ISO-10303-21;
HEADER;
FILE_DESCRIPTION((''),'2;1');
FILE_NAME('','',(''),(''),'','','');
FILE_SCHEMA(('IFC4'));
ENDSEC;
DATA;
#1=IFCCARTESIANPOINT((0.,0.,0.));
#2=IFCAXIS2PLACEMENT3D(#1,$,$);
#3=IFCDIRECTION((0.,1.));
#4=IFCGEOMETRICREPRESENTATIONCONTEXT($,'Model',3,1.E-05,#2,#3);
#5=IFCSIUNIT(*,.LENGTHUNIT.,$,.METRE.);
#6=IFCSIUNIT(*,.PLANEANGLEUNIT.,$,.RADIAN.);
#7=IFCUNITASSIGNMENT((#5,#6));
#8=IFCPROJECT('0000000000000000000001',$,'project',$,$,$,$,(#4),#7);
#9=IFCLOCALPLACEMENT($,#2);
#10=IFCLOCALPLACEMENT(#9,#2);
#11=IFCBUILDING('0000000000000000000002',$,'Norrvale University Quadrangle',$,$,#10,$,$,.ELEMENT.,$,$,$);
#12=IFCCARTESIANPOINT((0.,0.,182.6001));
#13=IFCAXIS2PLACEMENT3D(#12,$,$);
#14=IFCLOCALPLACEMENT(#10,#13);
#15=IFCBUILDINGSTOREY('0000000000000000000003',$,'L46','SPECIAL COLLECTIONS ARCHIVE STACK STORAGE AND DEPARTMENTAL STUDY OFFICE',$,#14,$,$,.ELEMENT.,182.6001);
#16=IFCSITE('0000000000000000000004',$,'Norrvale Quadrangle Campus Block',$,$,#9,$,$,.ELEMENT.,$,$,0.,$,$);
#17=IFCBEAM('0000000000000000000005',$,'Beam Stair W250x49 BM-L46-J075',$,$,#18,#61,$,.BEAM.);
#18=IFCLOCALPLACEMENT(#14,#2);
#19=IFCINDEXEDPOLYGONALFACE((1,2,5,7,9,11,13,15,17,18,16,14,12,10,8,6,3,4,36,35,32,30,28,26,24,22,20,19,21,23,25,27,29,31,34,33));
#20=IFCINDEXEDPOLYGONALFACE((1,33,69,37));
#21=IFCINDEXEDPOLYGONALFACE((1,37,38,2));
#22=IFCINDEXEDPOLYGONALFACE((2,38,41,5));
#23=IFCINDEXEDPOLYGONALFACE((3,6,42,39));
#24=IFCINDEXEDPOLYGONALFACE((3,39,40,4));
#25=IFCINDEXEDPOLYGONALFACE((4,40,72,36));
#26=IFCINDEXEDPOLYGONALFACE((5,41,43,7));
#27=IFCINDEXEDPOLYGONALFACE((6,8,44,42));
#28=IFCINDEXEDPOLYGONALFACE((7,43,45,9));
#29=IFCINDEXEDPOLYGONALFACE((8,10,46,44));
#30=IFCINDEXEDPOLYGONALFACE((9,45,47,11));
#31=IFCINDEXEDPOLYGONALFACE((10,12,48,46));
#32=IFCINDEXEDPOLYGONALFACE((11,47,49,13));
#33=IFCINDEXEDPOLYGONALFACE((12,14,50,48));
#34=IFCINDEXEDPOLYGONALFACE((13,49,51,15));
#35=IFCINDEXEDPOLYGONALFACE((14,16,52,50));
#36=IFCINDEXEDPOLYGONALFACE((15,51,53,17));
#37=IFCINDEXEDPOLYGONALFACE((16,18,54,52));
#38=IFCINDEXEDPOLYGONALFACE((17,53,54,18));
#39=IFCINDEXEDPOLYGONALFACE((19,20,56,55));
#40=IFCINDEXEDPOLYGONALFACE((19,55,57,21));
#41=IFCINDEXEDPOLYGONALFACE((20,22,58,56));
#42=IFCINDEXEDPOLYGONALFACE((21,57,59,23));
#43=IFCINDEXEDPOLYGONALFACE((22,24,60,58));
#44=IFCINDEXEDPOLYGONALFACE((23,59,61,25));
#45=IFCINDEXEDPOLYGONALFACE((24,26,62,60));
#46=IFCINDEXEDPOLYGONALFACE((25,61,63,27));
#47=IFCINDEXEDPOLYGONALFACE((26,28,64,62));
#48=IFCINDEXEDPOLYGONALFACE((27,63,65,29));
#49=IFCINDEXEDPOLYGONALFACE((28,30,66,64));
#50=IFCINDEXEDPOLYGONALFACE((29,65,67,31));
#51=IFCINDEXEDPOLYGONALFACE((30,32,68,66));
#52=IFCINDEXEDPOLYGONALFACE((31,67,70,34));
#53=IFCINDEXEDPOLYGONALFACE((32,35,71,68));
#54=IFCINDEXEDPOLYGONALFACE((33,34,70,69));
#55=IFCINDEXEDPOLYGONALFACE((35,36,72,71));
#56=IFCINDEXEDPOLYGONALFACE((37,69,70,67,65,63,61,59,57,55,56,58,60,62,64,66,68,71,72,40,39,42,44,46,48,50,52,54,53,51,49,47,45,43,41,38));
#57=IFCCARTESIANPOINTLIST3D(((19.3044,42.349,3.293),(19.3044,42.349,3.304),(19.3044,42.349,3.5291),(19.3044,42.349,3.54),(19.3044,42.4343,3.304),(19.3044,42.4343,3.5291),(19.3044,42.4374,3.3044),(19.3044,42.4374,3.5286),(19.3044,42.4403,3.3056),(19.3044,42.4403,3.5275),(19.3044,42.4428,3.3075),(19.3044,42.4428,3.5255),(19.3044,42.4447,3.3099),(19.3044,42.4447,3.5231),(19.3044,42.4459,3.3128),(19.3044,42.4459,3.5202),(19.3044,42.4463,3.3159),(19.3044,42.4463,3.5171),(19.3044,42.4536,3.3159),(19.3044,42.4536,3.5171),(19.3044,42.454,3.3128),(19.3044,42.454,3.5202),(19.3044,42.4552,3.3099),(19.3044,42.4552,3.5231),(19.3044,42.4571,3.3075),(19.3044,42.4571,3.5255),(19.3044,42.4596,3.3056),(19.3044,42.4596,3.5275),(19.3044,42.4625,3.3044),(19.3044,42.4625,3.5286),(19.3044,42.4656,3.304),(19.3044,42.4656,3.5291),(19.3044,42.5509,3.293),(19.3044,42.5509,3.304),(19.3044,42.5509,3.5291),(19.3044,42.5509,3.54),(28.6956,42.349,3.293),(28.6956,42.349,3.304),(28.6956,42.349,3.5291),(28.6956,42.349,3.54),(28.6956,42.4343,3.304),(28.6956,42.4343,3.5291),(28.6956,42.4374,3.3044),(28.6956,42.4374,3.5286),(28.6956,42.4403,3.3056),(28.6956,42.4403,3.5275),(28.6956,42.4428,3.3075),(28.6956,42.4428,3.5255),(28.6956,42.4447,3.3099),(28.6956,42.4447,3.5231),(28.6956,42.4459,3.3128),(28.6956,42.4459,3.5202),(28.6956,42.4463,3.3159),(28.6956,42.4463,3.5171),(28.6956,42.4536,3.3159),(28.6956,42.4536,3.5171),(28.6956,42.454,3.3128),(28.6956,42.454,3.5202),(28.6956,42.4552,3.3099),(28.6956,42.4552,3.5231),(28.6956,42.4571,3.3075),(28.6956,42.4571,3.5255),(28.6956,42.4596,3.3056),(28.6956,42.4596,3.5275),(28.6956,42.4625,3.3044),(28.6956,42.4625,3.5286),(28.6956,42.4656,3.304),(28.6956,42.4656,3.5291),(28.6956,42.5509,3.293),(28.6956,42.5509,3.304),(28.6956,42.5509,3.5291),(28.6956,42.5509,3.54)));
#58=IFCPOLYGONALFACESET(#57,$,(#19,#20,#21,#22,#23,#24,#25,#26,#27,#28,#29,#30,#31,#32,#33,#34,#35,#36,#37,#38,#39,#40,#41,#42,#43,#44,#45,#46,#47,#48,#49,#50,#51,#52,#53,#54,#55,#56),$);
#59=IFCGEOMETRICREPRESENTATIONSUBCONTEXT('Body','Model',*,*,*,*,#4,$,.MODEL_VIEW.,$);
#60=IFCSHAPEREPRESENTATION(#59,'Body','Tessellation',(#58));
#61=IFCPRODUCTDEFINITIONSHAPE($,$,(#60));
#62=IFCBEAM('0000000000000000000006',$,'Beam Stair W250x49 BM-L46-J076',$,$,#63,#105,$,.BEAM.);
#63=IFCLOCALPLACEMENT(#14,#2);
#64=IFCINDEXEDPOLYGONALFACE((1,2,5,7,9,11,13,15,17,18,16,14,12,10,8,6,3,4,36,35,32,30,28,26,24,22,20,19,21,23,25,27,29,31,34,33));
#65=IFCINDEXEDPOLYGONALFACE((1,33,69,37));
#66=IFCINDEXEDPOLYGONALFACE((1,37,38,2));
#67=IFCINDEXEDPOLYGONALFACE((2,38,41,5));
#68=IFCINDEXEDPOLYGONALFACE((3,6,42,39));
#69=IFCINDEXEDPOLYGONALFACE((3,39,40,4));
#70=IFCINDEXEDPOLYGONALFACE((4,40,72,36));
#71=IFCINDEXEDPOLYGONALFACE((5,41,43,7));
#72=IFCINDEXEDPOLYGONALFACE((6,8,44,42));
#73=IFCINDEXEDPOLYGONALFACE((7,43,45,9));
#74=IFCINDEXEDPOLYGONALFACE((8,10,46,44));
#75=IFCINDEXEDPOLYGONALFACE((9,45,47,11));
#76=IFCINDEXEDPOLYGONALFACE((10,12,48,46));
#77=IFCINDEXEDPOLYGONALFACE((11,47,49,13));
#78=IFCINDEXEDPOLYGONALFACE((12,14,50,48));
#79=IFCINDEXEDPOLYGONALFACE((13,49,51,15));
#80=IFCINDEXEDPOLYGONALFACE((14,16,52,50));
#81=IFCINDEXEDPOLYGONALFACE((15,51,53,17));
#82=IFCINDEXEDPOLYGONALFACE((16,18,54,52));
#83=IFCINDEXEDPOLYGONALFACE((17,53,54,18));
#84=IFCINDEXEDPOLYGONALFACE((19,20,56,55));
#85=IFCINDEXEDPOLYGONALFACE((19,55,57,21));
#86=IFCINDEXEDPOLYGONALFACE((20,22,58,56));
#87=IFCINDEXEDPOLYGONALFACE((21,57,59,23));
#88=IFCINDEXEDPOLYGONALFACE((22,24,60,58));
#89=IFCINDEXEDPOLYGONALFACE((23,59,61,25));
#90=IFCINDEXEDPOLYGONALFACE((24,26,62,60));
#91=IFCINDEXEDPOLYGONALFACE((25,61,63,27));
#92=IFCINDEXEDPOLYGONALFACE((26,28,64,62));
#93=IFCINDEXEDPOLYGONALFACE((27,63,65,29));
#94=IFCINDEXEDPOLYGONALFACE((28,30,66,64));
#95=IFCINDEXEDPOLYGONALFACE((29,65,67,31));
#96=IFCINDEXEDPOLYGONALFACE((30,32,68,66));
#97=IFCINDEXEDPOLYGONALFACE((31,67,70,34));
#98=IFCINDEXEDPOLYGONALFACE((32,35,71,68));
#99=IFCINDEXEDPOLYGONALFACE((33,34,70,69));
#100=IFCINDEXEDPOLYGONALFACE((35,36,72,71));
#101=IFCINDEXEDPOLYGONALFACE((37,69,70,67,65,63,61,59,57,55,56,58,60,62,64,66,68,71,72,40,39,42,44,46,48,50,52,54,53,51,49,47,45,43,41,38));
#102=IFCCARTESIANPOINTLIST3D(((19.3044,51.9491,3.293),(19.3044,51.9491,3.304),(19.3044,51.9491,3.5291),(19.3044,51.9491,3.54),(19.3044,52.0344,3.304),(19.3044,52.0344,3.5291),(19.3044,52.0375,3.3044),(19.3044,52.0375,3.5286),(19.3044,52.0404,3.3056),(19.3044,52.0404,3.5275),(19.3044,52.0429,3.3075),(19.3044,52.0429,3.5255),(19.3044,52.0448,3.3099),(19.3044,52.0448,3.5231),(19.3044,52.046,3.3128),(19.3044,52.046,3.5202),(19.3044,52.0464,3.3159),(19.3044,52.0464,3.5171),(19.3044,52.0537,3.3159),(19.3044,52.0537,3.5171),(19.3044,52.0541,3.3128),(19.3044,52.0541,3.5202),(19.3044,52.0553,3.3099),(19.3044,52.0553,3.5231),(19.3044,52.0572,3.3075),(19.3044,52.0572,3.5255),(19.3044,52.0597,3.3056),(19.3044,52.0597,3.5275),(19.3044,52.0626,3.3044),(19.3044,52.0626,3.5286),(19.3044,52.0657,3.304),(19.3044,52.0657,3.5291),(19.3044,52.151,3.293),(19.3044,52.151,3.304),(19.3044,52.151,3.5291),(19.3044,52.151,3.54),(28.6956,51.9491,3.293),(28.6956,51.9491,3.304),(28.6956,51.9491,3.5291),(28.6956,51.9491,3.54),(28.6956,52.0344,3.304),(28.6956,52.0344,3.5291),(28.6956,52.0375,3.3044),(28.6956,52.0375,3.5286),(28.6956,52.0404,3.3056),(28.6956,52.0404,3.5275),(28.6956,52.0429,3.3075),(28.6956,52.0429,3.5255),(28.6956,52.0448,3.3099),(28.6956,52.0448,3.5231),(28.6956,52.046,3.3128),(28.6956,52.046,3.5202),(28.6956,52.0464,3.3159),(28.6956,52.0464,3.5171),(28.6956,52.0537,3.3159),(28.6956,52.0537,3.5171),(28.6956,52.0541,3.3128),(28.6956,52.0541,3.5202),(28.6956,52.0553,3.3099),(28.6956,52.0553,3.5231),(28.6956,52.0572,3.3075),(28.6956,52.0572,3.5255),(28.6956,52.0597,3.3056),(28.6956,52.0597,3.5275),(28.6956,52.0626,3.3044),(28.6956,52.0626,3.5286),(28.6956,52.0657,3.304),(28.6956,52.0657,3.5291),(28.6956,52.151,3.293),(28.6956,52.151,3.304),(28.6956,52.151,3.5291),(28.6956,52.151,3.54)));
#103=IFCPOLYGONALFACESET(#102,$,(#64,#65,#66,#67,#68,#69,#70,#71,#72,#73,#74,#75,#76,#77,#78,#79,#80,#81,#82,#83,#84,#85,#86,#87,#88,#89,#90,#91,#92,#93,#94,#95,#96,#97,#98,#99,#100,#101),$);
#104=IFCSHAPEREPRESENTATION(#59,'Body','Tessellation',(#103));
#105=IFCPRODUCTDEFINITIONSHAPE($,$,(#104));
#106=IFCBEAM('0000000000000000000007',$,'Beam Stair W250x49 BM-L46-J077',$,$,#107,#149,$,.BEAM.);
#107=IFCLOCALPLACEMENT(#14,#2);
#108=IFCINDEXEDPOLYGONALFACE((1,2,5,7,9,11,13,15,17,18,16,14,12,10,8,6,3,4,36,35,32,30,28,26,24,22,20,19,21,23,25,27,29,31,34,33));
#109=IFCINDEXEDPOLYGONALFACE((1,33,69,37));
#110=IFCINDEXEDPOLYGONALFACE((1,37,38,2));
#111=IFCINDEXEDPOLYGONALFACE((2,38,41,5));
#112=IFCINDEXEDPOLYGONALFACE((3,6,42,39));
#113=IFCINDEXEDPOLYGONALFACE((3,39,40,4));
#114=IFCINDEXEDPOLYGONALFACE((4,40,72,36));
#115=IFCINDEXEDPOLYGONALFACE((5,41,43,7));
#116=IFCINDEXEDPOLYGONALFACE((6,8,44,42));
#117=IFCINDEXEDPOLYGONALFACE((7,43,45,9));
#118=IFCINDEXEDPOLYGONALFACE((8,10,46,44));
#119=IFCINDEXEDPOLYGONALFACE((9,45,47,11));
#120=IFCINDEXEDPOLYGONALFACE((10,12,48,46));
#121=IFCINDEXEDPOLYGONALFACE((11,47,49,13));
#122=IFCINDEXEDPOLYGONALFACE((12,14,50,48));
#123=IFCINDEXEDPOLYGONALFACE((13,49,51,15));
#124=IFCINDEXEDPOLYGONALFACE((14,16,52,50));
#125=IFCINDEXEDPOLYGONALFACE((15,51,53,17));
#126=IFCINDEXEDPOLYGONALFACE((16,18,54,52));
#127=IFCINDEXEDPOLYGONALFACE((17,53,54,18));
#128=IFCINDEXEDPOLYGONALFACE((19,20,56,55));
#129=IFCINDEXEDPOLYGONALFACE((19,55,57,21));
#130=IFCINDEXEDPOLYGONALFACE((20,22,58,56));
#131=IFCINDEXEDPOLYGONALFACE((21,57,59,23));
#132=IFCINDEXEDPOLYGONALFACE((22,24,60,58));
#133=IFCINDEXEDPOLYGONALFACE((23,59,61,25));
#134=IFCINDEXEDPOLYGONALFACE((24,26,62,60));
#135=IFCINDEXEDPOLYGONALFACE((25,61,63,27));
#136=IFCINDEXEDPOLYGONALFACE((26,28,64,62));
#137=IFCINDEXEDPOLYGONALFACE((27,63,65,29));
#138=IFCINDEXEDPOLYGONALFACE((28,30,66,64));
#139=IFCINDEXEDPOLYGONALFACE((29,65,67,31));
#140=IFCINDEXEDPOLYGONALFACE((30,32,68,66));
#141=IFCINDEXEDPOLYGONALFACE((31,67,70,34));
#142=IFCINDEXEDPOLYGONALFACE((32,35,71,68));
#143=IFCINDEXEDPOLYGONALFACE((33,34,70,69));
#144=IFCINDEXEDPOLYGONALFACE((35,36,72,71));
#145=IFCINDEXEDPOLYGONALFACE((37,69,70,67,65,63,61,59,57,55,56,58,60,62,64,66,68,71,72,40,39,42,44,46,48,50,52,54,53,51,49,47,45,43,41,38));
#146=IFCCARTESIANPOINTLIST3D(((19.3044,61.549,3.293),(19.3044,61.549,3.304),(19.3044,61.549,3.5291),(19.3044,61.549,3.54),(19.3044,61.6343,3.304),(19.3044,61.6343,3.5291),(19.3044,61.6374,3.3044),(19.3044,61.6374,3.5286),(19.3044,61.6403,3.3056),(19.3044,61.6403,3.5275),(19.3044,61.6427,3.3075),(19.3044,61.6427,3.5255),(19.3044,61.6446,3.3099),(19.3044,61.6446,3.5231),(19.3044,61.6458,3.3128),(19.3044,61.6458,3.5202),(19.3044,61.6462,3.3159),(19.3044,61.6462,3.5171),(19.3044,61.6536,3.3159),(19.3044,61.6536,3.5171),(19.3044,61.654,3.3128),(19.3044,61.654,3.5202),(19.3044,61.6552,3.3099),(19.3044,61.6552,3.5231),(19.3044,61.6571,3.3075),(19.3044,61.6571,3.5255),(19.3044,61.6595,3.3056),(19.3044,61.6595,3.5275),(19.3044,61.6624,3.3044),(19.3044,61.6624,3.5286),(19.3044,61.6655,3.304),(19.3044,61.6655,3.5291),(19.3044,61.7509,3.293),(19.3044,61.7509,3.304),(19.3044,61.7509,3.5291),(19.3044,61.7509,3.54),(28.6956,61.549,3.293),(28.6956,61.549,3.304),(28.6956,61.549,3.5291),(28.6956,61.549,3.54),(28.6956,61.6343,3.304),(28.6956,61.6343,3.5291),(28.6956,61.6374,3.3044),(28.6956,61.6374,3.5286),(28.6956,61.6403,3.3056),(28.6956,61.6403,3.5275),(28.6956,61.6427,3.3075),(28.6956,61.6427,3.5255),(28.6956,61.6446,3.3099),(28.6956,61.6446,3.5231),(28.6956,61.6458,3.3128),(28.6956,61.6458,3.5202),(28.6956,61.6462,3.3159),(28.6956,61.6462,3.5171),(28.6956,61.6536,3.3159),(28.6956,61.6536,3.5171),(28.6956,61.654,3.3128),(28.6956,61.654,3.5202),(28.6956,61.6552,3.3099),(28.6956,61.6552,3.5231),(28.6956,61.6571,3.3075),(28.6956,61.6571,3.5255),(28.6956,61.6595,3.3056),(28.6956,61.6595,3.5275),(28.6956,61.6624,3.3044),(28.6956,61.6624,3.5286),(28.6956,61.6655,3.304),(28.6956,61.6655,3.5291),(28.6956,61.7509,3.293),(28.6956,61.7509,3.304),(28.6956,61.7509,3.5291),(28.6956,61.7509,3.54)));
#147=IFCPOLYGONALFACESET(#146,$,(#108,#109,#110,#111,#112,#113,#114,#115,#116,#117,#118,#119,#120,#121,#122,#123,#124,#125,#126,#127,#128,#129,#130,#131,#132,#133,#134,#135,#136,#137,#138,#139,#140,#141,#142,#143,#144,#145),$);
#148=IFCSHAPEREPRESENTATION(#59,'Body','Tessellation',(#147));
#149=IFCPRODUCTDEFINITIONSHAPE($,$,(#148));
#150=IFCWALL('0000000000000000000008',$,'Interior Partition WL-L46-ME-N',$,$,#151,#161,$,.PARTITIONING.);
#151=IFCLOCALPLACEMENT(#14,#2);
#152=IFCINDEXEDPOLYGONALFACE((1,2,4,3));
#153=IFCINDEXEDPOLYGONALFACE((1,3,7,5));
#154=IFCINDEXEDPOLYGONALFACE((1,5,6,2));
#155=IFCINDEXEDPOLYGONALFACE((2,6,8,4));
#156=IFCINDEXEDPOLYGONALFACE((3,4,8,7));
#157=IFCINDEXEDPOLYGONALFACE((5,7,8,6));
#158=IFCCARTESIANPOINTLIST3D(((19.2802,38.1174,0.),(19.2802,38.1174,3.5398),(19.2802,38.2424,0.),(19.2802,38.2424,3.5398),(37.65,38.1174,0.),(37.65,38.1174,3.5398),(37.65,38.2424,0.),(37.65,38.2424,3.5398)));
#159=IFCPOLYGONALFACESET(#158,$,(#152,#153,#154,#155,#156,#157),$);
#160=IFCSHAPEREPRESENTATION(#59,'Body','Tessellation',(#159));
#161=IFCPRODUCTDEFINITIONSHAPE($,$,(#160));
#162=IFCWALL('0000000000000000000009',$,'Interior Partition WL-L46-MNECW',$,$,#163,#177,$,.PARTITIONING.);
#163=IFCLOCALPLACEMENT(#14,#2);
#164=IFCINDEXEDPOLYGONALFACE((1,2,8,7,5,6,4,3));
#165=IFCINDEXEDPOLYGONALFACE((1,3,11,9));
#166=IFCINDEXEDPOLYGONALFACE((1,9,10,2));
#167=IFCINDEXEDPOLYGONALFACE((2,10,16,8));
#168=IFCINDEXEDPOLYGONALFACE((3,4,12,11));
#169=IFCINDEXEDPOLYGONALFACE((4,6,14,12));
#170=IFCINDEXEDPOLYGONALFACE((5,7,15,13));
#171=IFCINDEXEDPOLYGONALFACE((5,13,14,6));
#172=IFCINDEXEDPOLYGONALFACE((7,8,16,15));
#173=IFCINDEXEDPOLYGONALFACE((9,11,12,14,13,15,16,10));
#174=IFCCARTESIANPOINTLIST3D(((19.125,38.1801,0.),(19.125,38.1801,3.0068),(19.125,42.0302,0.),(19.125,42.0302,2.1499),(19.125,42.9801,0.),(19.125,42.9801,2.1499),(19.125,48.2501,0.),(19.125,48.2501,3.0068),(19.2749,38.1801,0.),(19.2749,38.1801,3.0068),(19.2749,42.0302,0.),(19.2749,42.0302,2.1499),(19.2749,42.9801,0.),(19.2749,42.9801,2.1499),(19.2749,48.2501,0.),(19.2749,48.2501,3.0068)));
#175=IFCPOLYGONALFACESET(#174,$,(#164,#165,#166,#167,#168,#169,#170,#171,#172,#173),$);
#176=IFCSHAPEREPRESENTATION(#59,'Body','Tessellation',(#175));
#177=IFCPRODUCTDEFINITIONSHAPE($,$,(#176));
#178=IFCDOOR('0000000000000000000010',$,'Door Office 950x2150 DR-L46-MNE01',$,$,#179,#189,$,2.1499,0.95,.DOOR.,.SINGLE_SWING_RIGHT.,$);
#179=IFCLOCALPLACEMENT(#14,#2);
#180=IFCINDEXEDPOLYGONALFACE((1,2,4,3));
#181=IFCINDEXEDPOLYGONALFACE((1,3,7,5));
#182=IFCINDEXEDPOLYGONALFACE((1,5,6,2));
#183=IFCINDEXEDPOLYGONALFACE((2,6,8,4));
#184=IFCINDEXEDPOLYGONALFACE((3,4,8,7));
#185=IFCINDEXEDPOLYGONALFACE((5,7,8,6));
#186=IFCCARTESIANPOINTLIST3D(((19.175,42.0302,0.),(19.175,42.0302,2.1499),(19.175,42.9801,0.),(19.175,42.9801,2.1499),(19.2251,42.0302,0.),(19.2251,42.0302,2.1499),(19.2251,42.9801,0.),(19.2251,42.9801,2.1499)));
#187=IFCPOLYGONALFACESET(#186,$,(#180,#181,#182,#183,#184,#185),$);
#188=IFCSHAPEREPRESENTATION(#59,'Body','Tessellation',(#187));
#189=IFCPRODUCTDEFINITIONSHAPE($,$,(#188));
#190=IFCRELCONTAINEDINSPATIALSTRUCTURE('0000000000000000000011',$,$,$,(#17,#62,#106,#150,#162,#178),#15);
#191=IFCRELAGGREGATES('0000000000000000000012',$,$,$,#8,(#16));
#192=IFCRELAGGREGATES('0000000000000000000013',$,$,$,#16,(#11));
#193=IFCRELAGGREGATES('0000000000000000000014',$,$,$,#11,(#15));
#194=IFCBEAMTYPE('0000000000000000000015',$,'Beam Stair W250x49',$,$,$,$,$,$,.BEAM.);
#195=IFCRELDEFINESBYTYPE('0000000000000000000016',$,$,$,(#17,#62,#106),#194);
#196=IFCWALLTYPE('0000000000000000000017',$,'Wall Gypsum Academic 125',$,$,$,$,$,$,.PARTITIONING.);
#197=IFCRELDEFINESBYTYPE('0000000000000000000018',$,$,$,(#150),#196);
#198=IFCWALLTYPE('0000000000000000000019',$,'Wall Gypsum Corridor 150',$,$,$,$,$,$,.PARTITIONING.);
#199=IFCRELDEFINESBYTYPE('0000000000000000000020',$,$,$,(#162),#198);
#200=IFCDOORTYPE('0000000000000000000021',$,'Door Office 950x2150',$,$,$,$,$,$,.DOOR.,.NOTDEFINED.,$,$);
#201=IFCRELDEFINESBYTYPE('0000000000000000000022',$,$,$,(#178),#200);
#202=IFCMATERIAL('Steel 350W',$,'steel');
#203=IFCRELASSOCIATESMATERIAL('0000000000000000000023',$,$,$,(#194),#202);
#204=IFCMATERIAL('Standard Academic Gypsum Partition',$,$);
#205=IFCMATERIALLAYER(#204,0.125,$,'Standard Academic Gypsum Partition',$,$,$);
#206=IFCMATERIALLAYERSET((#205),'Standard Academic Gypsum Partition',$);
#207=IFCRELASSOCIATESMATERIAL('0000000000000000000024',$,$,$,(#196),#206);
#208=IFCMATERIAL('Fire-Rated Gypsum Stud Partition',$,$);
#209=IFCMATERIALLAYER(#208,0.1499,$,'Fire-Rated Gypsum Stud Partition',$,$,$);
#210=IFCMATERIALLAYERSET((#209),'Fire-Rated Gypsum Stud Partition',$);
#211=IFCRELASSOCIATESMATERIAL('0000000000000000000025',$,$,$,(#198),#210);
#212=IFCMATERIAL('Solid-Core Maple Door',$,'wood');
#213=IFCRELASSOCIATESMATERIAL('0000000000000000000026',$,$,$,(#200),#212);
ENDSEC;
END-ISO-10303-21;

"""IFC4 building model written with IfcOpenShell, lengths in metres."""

from ifc_helpers import new_model, si_unit, direction, frame, frame_2d, origin, origin_2d, place, context, subcontext, project, spatial, rectangle, i_section, extrude, material, layer, layer_set, material_profile, profile_set, type_object, element, fill, save


model = new_model("IFC4")

# Units and contexts
model_context = context("Model", 3, precision=1e-05, world=origin(), true_north=direction((0.0, 1.0)))
body_context = subcontext(model_context, "Body", "Model", "MODEL_VIEW")
ifc_project = project(units=[si_unit("LENGTHUNIT", "METRE"), si_unit("PLANEANGLEUNIT", "RADIAN")], contexts=[model_context])

# Site, building, storey
site_placement = place(None, origin())
site = spatial("IfcSite", under=ifc_project, at=site_placement, Name="Norrvale Quadrangle Campus Block", CompositionType="ELEMENT", RefElevation=0.0)
building_placement = place(site_placement, origin())
building = spatial("IfcBuilding", under=site, at=building_placement, Name="Norrvale University Quadrangle", CompositionType="ELEMENT")
storey_placement = place(building_placement, frame((0.0, 0.0, 182.6001)))
storey = spatial("IfcBuildingStorey", under=building, at=storey_placement, Name="L46", Description="SPECIAL COLLECTIONS ARCHIVE STACK STORAGE AND DEPARTMENTAL STUDY OFFICE", CompositionType="ELEMENT", Elevation=182.6001)

# Beams
ifc_material_1 = material(Name="Steel 350W", Category="steel")
ifc_material_profile_1 = material_profile(ifc_material_1, i_section(OverallWidth=0.2019, OverallDepth=0.2471, WebThickness=0.0073, FlangeThickness=0.011, FilletRadius=0.012, at=origin_2d()), Name="Steel 350W")
ifc_profile_set_1 = profile_set([ifc_material_profile_1], Name="Steel 350W")
beam_type_1 = type_object("IfcBeamType", Name="Beam Stair W250x49", PredefinedType="BEAM", material=ifc_profile_set_1)
for number, where, z_axis, x_axis, name in (
    (1, (19.3044, 42.45, 3.4165), (1.0, 0.0, 0.0), (0.0, 1.0, 0.0), "Beam Stair W250x49 BM-L46-J075"),
    (2, (19.3044, 52.05, 3.4165), (1.0, 0.0, 0.0), (0.0, 1.0, 0.0), "Beam Stair W250x49 BM-L46-J076"),
    (3, (19.3044, 61.6499, 3.4165), (1.0, 0.0, 0.0), (0.0, 1.0, 0.0), "Beam Stair W250x49 BM-L46-J077"),
):
    element("IfcBeam", number, at=place(storey_placement, frame(where, z_axis=z_axis, x_axis=x_axis)), inside=storey, type_object=beam_type_1, Name=name, PredefinedType="BEAM", context=body_context, shape_type="SweptSolid", body=[
        extrude(i_section(OverallWidth=0.2019, OverallDepth=0.2471, WebThickness=0.0073, FlangeThickness=0.011, FilletRadius=0.012, at=origin_2d()), origin(), (0.0, 0.0, 1.0), 9.3911),
    ])

# Wall
ifc_material_2 = material(Name="Standard Academic Gypsum Partition")
ifc_layer_1 = layer(ifc_material_2, 0.125, Name="Standard Academic Gypsum Partition")
ifc_layer_set_1 = layer_set([ifc_layer_1], Name="Standard Academic Gypsum Partition")
wall_type_1 = type_object("IfcWallType", Name="Wall Gypsum Academic 125", PredefinedType="PARTITIONING", material=ifc_layer_set_1)
wall_1_placement = place(storey_placement, frame((19.28, 38.1799, 0.0), z_axis=(0.0, 0.0, 1.0), x_axis=(1.0, 0.0, 0.0)))
element("IfcWall", 4, at=wall_1_placement, inside=storey, type_object=wall_type_1, Name="Interior Partition WL-L46-ME-N", PredefinedType="PARTITIONING", context=body_context, shape_type="SweptSolid", body=[
    extrude(rectangle(XDim=18.3699, YDim=0.125, at=frame_2d((9.1851, 0.0))), origin(), (0.0, 0.0, 1.0), 3.5398),
])

# Wall, opening, door
ifc_material_3 = material(Name="Fire-Rated Gypsum Stud Partition")
ifc_layer_2 = layer(ifc_material_3, 0.1499, Name="Fire-Rated Gypsum Stud Partition")
ifc_layer_set_2 = layer_set([ifc_layer_2], Name="Fire-Rated Gypsum Stud Partition")
wall_type_2 = type_object("IfcWallType", Name="Wall Gypsum Corridor 150", PredefinedType="PARTITIONING", material=ifc_layer_set_2)
wall_2_placement = place(storey_placement, frame((19.2, 38.1799, 0.0), z_axis=(0.0, 0.0, 1.0), x_axis=(0.0, 1.0, 0.0)))
wall_2 = element("IfcWall", 5, at=wall_2_placement, inside=storey, type_object=wall_type_2, Name="Interior Partition WL-L46-MNECW", PredefinedType="PARTITIONING", context=body_context, shape_type="SweptSolid", body=[
    extrude(rectangle(XDim=10.0701, YDim=0.1499, at=frame_2d((5.0352, 0.0))), origin(), (0.0, 0.0, 1.0), 3.0068),
])
opening_1_placement = place(wall_2_placement, frame((3.8501, 0.0, 0.0)))
opening_1 = element("IfcOpeningElement", 6, at=opening_1_placement, cuts=wall_2, PredefinedType="OPENING", context=body_context, shape_type="SweptSolid", body=[
    extrude(rectangle(XDim=0.95, YDim=2.1499, at=frame_2d((0.4751, 1.075))), frame((0.0, 0.0869, 0.0), z_axis=(0.0, -1.0, 0.0), x_axis=(1.0, 0.0, 0.0)), (0.0, 0.0, 1.0), 0.1738),
])
ifc_material_4 = material(Name="Solid-Core Maple Door", Category="wood")
door_type = type_object("IfcDoorType", Name="Door Office 950x2150", OperationType="NOTDEFINED", PredefinedType="DOOR", material=ifc_material_4)
door_1_placement = place(opening_1_placement, origin())
door_1 = element("IfcDoor", 7, at=door_1_placement, inside=storey, type_object=door_type, Name="Door Office 950x2150 DR-L46-MNE01", OperationType="SINGLE_SWING_RIGHT", OverallHeight=2.1499, OverallWidth=0.95, PredefinedType="DOOR", context=body_context, shape_type="SweptSolid", body=[
    extrude(rectangle(XDim=0.95, YDim=2.1499, at=frame_2d((0.4751, 1.075))), frame((0.0, 0.0249, 0.0), z_axis=(0.0, -1.0, 0.0), x_axis=(1.0, 0.0, 0.0)), (0.0, 0.0, 1.0), 0.05),
])
fill(opening_1, door_1)

save(model, "model.ifc")
